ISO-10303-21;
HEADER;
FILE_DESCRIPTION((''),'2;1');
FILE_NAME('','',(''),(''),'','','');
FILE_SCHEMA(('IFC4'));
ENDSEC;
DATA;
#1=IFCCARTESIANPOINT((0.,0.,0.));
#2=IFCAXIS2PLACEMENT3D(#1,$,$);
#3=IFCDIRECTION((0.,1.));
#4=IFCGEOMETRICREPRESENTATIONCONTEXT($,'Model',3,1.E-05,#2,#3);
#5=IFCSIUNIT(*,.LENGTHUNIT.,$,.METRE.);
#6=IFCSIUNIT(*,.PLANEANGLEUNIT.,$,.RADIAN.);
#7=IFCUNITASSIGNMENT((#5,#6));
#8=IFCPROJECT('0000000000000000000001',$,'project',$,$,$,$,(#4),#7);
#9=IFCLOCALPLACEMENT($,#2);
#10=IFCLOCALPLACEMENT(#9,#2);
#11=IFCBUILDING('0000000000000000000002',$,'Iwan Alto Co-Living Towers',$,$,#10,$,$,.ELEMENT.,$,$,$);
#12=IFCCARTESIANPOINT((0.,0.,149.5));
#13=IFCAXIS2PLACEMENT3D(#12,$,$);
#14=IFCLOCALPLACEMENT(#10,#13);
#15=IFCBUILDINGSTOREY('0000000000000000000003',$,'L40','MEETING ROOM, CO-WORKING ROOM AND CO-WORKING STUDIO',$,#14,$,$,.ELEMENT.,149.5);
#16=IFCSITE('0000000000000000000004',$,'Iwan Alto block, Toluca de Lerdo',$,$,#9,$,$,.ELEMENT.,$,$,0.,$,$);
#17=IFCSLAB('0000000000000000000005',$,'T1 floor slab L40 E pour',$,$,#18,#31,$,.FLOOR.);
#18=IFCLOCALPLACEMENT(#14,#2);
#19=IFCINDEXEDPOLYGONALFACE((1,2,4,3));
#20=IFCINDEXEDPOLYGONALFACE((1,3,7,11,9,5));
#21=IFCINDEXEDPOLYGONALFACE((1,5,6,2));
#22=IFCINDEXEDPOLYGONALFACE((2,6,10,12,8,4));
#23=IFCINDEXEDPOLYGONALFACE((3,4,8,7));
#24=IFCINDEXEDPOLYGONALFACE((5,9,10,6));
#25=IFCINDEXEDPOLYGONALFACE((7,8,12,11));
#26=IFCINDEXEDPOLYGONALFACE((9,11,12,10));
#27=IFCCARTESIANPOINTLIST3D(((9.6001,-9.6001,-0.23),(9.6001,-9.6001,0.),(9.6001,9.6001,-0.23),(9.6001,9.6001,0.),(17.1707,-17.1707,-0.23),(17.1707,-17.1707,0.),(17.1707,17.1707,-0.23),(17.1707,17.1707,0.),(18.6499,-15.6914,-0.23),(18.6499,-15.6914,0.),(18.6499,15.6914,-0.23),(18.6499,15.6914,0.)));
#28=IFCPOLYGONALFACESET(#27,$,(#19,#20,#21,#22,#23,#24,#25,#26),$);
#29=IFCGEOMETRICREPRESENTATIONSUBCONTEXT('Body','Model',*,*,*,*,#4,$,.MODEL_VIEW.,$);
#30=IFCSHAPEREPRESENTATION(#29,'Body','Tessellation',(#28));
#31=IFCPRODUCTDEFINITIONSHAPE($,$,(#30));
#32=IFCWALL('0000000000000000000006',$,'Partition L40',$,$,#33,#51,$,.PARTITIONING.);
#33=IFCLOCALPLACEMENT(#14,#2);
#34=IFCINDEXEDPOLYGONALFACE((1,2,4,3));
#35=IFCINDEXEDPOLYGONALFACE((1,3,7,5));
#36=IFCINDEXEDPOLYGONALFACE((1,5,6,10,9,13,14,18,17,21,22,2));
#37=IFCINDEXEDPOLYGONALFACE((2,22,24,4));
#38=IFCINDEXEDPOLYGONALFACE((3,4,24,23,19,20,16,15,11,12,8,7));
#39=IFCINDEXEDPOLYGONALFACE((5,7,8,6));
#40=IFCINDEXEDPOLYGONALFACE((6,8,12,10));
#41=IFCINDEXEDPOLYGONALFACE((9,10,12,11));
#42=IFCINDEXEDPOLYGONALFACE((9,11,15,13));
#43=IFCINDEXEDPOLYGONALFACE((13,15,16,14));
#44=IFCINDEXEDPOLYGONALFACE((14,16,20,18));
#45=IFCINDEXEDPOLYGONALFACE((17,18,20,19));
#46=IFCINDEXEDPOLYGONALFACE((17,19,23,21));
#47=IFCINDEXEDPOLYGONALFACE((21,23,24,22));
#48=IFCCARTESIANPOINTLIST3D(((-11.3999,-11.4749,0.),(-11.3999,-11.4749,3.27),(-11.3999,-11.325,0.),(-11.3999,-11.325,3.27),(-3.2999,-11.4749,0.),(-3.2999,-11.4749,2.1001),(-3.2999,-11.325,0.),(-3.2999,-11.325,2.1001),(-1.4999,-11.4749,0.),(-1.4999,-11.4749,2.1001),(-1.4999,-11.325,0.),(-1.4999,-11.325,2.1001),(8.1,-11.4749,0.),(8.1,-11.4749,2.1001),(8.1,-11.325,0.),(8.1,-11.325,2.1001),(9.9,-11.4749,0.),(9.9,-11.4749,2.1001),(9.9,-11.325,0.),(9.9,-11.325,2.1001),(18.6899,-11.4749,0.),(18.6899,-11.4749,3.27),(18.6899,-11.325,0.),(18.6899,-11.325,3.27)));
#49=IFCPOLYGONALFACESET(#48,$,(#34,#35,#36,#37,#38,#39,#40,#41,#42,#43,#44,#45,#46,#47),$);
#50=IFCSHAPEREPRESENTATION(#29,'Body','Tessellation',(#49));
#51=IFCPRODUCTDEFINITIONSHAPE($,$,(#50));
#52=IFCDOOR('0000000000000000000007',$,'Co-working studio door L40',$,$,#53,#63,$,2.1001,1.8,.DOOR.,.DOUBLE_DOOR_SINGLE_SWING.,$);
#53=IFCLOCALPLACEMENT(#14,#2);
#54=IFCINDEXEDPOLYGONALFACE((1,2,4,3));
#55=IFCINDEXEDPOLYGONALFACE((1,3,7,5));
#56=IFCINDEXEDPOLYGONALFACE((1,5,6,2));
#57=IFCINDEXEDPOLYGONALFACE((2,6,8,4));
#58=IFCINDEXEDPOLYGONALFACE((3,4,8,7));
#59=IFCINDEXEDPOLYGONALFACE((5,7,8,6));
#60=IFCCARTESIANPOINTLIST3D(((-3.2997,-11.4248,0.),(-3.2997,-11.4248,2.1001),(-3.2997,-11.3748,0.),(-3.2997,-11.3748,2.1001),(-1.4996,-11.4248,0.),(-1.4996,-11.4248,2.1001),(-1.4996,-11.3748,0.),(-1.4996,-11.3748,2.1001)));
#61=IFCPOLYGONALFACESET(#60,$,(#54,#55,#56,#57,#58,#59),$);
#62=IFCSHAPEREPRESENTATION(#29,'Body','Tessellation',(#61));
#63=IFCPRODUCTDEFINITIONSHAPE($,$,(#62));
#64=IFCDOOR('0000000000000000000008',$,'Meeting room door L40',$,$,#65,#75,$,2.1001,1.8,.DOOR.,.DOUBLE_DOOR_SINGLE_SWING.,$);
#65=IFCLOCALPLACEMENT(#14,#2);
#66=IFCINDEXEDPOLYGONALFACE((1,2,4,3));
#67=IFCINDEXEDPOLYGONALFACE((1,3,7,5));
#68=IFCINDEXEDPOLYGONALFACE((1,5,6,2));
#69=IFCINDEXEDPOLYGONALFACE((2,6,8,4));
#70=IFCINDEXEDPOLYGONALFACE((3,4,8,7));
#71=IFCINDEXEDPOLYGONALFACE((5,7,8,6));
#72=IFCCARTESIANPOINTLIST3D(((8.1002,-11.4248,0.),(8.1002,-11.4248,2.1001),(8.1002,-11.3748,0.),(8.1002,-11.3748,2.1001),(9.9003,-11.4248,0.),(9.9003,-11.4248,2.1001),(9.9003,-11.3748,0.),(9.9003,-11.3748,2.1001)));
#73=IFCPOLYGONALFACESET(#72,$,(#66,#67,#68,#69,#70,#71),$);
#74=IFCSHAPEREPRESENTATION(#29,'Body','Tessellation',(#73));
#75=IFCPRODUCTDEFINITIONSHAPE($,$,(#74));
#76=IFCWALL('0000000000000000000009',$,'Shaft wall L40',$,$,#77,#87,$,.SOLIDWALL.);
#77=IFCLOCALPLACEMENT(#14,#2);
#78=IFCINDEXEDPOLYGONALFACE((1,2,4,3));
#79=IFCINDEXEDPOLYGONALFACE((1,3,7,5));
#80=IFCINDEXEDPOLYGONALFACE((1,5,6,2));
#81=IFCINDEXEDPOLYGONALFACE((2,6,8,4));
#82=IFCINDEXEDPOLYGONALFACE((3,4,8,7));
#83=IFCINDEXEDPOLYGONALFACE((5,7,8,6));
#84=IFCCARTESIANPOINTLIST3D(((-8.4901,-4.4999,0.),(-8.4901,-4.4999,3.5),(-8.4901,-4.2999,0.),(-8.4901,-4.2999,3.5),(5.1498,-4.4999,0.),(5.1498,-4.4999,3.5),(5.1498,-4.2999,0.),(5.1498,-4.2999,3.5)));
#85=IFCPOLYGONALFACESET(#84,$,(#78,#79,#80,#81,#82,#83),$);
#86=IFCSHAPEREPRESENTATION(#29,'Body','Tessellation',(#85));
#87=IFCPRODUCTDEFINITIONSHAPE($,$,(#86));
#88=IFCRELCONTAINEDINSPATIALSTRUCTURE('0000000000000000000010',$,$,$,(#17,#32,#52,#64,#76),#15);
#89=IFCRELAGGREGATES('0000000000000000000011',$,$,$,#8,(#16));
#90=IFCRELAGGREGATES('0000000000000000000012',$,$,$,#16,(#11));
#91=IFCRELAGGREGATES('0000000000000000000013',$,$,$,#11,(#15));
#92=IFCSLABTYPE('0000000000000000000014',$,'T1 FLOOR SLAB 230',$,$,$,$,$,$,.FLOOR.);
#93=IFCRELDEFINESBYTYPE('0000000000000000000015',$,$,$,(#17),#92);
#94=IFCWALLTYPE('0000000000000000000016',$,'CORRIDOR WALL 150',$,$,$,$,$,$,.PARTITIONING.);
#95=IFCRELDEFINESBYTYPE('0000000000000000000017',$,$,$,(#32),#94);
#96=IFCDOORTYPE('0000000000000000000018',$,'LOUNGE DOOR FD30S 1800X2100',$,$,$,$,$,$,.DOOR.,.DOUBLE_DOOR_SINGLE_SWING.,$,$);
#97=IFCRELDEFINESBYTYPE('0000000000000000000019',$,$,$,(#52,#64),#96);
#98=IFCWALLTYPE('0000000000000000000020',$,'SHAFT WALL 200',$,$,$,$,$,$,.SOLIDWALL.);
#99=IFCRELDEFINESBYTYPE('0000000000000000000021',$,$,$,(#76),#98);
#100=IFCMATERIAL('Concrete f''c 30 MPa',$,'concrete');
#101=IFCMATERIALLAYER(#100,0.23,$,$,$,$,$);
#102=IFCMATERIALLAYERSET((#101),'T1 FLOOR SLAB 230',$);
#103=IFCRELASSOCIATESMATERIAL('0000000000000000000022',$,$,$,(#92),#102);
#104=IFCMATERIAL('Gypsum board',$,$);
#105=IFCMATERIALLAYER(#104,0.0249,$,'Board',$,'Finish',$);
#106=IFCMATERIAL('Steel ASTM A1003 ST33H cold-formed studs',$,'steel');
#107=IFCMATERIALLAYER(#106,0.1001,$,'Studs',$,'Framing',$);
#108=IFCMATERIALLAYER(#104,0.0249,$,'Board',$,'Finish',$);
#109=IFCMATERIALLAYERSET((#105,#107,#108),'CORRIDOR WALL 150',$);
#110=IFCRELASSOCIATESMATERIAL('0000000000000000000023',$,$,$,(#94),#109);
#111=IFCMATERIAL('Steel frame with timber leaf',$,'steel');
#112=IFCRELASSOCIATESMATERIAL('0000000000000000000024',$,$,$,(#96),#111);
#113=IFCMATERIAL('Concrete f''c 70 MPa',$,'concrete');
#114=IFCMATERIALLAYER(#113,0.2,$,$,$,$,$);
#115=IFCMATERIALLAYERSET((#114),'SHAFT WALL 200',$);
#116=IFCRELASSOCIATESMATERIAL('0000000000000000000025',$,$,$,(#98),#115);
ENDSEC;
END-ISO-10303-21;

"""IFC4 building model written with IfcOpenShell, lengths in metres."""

from ifc_helpers import new_model, si_unit, direction, frame, frame_2d, origin, place, context, subcontext, project, spatial, polyline, rectangle, outline, extrude, material, layer, layer_set, type_object, element, fill, save


model = new_model("IFC4")

# Units and contexts
model_context = context("Model", 3, precision=1e-05, world=origin(), true_north=direction((0.0, 1.0)))
body_context = subcontext(model_context, "Body", "Model", "MODEL_VIEW")
ifc_project = project(units=[si_unit("LENGTHUNIT", "METRE"), si_unit("PLANEANGLEUNIT", "RADIAN")], contexts=[model_context])

# Site, building, storey
site_placement = place(None, origin())
site = spatial("IfcSite", under=ifc_project, at=site_placement, Name="Iwan Alto block, Toluca de Lerdo", CompositionType="ELEMENT", RefElevation=0.0)
building_placement = place(site_placement, origin())
building = spatial("IfcBuilding", under=site, at=building_placement, Name="Iwan Alto Co-Living Towers", CompositionType="ELEMENT")
storey_placement = place(building_placement, frame((0.0, 0.0, 149.5)))
storey = spatial("IfcBuildingStorey", under=building, at=storey_placement, Name="L40", Description="MEETING ROOM, CO-WORKING ROOM AND CO-WORKING STUDIO", CompositionType="ELEMENT", Elevation=149.5)

# Slab
ifc_material_1 = material(Name="Concrete f'c 30 MPa", Category="concrete")
ifc_layer_1 = layer(ifc_material_1, 0.23)
ifc_layer_set_1 = layer_set([ifc_layer_1], Name="T1 FLOOR SLAB 230")
slab_type = type_object("IfcSlabType", Name="T1 FLOOR SLAB 230", PredefinedType="FLOOR", material=ifc_layer_set_1)
slab_1_placement = place(storey_placement, frame((0.0, 0.0, -0.23)))
element("IfcSlab", 1, at=slab_1_placement, inside=storey, type_object=slab_type, Name="T1 floor slab L40 E pour", PredefinedType="FLOOR", context=body_context, shape_type="SweptSolid", body=[
    extrude(outline(polyline([(18.6499, 15.6914), (18.6499, -15.6914), (17.1707, -17.1707), (9.6001, -9.6001), (9.6001, 9.6001), (17.1707, 17.1707), (18.6499, 15.6914)])), origin(), (0.0, 0.0, 1.0), 0.23),
])

# Wall, openings, doors
ifc_material_2 = material(Name="Gypsum board")
ifc_layer_2 = layer(ifc_material_2, 0.0249, Name="Board", Category="Finish")
ifc_material_3 = material(Name="Steel ASTM A1003 ST33H cold-formed studs", Category="steel")
ifc_layer_3 = layer(ifc_material_3, 0.1001, Name="Studs", Category="Framing")
ifc_layer_4 = layer(ifc_material_2, 0.0249, Name="Board", Category="Finish")
ifc_layer_set_2 = layer_set([ifc_layer_2, ifc_layer_3, ifc_layer_4], Name="CORRIDOR WALL 150")
wall_type_1 = type_object("IfcWallType", Name="CORRIDOR WALL 150", PredefinedType="PARTITIONING", material=ifc_layer_set_2)
wall_1_placement = place(storey_placement, frame((-11.3999, -11.3999, 0.0), z_axis=(0.0, 0.0, 1.0), x_axis=(1.0, 0.0, 0.0)))
wall_1 = element("IfcWall", 2, at=wall_1_placement, inside=storey, type_object=wall_type_1, Name="Partition L40", PredefinedType="PARTITIONING", context=body_context, shape_type="SweptSolid", body=[
    extrude(rectangle(XDim=30.0898, YDim=0.1499, at=frame_2d((15.0449, 0.0))), origin(), (0.0, 0.0, 1.0), 3.27),
])
opening_1_placement = place(wall_1_placement, frame((8.1001, 0.0, 0.0)))
opening_1 = element("IfcOpeningElement", 3, at=opening_1_placement, cuts=wall_1, PredefinedType="OPENING", context=body_context, shape_type="SweptSolid", body=[
    extrude(rectangle(XDim=1.8, YDim=2.1001, at=frame_2d((0.8999, 1.05))), frame((0.0, 0.085, 0.0), z_axis=(0.0, -1.0, 0.0), x_axis=(1.0, 0.0, 0.0)), (0.0, 0.0, 1.0), 0.1699),
])
opening_2_placement = place(wall_1_placement, frame((19.5, 0.0, 0.0)))
opening_2 = element("IfcOpeningElement", 4, at=opening_2_placement, cuts=wall_1, PredefinedType="OPENING", context=body_context, shape_type="SweptSolid", body=[
    extrude(rectangle(XDim=1.8, YDim=2.1001, at=frame_2d((0.8999, 1.05))), frame((0.0, 0.085, 0.0), z_axis=(0.0, -1.0, 0.0), x_axis=(1.0, 0.0, 0.0)), (0.0, 0.0, 1.0), 0.1699),
])
ifc_material_4 = material(Name="Steel frame with timber leaf", Category="steel")
door_type_1 = type_object("IfcDoorType", Name="LOUNGE DOOR FD30S 1800X2100", OperationType="DOUBLE_DOOR_SINGLE_SWING", PredefinedType="DOOR", material=ifc_material_4)
door_1_placement = place(opening_1_placement, frame((1.8, 0.0, 0.0), z_axis=(0.0, 0.0, 1.0), x_axis=(-1.0, 0.0, 0.0)))
door_1 = element("IfcDoor", 5, at=door_1_placement, inside=storey, type_object=door_type_1, Name="Co-working studio door L40", OperationType="DOUBLE_DOOR_SINGLE_SWING", OverallHeight=2.1001, OverallWidth=1.8, PredefinedType="DOOR", context=body_context, shape_type="SweptSolid", body=[
    extrude(rectangle(XDim=1.8, YDim=2.1001, at=frame_2d((0.8999, 1.05))), frame((0.0, 0.0249, 0.0), z_axis=(0.0, -1.0, 0.0), x_axis=(1.0, 0.0, 0.0)), (0.0, 0.0, 1.0), 0.05),
])
fill(opening_1, door_1)
door_2_placement = place(opening_2_placement, frame((1.8, 0.0, 0.0), z_axis=(0.0, 0.0, 1.0), x_axis=(-1.0, 0.0, 0.0)))
door_2 = element("IfcDoor", 6, at=door_2_placement, inside=storey, type_object=door_type_1, Name="Meeting room door L40", OperationType="DOUBLE_DOOR_SINGLE_SWING", OverallHeight=2.1001, OverallWidth=1.8, PredefinedType="DOOR", context=body_context, shape_type="SweptSolid", body=[
    extrude(rectangle(XDim=1.8, YDim=2.1001, at=frame_2d((0.8999, 1.05))), frame((0.0, 0.0249, 0.0), z_axis=(0.0, -1.0, 0.0), x_axis=(1.0, 0.0, 0.0)), (0.0, 0.0, 1.0), 0.05),
])
fill(opening_2, door_2)

# Wall
ifc_material_5 = material(Name="Concrete f'c 70 MPa", Category="concrete")
ifc_layer_5 = layer(ifc_material_5, 0.2)
ifc_layer_set_3 = layer_set([ifc_layer_5], Name="SHAFT WALL 200")
wall_type_2 = type_object("IfcWallType", Name="SHAFT WALL 200", PredefinedType="SOLIDWALL", material=ifc_layer_set_3)
wall_2_placement = place(storey_placement, frame((-8.49, -4.3999, 0.0), z_axis=(0.0, 0.0, 1.0), x_axis=(1.0, 0.0, 0.0)))
element("IfcWall", 7, at=wall_2_placement, inside=storey, type_object=wall_type_2, Name="Shaft wall L40", PredefinedType="SOLIDWALL", context=body_context, shape_type="SweptSolid", body=[
    extrude(rectangle(XDim=13.6399, YDim=0.2, at=frame_2d((6.8198, 0.0))), origin(), (0.0, 0.0, 1.0), 3.5),
])

save(model, "model.ifc")
